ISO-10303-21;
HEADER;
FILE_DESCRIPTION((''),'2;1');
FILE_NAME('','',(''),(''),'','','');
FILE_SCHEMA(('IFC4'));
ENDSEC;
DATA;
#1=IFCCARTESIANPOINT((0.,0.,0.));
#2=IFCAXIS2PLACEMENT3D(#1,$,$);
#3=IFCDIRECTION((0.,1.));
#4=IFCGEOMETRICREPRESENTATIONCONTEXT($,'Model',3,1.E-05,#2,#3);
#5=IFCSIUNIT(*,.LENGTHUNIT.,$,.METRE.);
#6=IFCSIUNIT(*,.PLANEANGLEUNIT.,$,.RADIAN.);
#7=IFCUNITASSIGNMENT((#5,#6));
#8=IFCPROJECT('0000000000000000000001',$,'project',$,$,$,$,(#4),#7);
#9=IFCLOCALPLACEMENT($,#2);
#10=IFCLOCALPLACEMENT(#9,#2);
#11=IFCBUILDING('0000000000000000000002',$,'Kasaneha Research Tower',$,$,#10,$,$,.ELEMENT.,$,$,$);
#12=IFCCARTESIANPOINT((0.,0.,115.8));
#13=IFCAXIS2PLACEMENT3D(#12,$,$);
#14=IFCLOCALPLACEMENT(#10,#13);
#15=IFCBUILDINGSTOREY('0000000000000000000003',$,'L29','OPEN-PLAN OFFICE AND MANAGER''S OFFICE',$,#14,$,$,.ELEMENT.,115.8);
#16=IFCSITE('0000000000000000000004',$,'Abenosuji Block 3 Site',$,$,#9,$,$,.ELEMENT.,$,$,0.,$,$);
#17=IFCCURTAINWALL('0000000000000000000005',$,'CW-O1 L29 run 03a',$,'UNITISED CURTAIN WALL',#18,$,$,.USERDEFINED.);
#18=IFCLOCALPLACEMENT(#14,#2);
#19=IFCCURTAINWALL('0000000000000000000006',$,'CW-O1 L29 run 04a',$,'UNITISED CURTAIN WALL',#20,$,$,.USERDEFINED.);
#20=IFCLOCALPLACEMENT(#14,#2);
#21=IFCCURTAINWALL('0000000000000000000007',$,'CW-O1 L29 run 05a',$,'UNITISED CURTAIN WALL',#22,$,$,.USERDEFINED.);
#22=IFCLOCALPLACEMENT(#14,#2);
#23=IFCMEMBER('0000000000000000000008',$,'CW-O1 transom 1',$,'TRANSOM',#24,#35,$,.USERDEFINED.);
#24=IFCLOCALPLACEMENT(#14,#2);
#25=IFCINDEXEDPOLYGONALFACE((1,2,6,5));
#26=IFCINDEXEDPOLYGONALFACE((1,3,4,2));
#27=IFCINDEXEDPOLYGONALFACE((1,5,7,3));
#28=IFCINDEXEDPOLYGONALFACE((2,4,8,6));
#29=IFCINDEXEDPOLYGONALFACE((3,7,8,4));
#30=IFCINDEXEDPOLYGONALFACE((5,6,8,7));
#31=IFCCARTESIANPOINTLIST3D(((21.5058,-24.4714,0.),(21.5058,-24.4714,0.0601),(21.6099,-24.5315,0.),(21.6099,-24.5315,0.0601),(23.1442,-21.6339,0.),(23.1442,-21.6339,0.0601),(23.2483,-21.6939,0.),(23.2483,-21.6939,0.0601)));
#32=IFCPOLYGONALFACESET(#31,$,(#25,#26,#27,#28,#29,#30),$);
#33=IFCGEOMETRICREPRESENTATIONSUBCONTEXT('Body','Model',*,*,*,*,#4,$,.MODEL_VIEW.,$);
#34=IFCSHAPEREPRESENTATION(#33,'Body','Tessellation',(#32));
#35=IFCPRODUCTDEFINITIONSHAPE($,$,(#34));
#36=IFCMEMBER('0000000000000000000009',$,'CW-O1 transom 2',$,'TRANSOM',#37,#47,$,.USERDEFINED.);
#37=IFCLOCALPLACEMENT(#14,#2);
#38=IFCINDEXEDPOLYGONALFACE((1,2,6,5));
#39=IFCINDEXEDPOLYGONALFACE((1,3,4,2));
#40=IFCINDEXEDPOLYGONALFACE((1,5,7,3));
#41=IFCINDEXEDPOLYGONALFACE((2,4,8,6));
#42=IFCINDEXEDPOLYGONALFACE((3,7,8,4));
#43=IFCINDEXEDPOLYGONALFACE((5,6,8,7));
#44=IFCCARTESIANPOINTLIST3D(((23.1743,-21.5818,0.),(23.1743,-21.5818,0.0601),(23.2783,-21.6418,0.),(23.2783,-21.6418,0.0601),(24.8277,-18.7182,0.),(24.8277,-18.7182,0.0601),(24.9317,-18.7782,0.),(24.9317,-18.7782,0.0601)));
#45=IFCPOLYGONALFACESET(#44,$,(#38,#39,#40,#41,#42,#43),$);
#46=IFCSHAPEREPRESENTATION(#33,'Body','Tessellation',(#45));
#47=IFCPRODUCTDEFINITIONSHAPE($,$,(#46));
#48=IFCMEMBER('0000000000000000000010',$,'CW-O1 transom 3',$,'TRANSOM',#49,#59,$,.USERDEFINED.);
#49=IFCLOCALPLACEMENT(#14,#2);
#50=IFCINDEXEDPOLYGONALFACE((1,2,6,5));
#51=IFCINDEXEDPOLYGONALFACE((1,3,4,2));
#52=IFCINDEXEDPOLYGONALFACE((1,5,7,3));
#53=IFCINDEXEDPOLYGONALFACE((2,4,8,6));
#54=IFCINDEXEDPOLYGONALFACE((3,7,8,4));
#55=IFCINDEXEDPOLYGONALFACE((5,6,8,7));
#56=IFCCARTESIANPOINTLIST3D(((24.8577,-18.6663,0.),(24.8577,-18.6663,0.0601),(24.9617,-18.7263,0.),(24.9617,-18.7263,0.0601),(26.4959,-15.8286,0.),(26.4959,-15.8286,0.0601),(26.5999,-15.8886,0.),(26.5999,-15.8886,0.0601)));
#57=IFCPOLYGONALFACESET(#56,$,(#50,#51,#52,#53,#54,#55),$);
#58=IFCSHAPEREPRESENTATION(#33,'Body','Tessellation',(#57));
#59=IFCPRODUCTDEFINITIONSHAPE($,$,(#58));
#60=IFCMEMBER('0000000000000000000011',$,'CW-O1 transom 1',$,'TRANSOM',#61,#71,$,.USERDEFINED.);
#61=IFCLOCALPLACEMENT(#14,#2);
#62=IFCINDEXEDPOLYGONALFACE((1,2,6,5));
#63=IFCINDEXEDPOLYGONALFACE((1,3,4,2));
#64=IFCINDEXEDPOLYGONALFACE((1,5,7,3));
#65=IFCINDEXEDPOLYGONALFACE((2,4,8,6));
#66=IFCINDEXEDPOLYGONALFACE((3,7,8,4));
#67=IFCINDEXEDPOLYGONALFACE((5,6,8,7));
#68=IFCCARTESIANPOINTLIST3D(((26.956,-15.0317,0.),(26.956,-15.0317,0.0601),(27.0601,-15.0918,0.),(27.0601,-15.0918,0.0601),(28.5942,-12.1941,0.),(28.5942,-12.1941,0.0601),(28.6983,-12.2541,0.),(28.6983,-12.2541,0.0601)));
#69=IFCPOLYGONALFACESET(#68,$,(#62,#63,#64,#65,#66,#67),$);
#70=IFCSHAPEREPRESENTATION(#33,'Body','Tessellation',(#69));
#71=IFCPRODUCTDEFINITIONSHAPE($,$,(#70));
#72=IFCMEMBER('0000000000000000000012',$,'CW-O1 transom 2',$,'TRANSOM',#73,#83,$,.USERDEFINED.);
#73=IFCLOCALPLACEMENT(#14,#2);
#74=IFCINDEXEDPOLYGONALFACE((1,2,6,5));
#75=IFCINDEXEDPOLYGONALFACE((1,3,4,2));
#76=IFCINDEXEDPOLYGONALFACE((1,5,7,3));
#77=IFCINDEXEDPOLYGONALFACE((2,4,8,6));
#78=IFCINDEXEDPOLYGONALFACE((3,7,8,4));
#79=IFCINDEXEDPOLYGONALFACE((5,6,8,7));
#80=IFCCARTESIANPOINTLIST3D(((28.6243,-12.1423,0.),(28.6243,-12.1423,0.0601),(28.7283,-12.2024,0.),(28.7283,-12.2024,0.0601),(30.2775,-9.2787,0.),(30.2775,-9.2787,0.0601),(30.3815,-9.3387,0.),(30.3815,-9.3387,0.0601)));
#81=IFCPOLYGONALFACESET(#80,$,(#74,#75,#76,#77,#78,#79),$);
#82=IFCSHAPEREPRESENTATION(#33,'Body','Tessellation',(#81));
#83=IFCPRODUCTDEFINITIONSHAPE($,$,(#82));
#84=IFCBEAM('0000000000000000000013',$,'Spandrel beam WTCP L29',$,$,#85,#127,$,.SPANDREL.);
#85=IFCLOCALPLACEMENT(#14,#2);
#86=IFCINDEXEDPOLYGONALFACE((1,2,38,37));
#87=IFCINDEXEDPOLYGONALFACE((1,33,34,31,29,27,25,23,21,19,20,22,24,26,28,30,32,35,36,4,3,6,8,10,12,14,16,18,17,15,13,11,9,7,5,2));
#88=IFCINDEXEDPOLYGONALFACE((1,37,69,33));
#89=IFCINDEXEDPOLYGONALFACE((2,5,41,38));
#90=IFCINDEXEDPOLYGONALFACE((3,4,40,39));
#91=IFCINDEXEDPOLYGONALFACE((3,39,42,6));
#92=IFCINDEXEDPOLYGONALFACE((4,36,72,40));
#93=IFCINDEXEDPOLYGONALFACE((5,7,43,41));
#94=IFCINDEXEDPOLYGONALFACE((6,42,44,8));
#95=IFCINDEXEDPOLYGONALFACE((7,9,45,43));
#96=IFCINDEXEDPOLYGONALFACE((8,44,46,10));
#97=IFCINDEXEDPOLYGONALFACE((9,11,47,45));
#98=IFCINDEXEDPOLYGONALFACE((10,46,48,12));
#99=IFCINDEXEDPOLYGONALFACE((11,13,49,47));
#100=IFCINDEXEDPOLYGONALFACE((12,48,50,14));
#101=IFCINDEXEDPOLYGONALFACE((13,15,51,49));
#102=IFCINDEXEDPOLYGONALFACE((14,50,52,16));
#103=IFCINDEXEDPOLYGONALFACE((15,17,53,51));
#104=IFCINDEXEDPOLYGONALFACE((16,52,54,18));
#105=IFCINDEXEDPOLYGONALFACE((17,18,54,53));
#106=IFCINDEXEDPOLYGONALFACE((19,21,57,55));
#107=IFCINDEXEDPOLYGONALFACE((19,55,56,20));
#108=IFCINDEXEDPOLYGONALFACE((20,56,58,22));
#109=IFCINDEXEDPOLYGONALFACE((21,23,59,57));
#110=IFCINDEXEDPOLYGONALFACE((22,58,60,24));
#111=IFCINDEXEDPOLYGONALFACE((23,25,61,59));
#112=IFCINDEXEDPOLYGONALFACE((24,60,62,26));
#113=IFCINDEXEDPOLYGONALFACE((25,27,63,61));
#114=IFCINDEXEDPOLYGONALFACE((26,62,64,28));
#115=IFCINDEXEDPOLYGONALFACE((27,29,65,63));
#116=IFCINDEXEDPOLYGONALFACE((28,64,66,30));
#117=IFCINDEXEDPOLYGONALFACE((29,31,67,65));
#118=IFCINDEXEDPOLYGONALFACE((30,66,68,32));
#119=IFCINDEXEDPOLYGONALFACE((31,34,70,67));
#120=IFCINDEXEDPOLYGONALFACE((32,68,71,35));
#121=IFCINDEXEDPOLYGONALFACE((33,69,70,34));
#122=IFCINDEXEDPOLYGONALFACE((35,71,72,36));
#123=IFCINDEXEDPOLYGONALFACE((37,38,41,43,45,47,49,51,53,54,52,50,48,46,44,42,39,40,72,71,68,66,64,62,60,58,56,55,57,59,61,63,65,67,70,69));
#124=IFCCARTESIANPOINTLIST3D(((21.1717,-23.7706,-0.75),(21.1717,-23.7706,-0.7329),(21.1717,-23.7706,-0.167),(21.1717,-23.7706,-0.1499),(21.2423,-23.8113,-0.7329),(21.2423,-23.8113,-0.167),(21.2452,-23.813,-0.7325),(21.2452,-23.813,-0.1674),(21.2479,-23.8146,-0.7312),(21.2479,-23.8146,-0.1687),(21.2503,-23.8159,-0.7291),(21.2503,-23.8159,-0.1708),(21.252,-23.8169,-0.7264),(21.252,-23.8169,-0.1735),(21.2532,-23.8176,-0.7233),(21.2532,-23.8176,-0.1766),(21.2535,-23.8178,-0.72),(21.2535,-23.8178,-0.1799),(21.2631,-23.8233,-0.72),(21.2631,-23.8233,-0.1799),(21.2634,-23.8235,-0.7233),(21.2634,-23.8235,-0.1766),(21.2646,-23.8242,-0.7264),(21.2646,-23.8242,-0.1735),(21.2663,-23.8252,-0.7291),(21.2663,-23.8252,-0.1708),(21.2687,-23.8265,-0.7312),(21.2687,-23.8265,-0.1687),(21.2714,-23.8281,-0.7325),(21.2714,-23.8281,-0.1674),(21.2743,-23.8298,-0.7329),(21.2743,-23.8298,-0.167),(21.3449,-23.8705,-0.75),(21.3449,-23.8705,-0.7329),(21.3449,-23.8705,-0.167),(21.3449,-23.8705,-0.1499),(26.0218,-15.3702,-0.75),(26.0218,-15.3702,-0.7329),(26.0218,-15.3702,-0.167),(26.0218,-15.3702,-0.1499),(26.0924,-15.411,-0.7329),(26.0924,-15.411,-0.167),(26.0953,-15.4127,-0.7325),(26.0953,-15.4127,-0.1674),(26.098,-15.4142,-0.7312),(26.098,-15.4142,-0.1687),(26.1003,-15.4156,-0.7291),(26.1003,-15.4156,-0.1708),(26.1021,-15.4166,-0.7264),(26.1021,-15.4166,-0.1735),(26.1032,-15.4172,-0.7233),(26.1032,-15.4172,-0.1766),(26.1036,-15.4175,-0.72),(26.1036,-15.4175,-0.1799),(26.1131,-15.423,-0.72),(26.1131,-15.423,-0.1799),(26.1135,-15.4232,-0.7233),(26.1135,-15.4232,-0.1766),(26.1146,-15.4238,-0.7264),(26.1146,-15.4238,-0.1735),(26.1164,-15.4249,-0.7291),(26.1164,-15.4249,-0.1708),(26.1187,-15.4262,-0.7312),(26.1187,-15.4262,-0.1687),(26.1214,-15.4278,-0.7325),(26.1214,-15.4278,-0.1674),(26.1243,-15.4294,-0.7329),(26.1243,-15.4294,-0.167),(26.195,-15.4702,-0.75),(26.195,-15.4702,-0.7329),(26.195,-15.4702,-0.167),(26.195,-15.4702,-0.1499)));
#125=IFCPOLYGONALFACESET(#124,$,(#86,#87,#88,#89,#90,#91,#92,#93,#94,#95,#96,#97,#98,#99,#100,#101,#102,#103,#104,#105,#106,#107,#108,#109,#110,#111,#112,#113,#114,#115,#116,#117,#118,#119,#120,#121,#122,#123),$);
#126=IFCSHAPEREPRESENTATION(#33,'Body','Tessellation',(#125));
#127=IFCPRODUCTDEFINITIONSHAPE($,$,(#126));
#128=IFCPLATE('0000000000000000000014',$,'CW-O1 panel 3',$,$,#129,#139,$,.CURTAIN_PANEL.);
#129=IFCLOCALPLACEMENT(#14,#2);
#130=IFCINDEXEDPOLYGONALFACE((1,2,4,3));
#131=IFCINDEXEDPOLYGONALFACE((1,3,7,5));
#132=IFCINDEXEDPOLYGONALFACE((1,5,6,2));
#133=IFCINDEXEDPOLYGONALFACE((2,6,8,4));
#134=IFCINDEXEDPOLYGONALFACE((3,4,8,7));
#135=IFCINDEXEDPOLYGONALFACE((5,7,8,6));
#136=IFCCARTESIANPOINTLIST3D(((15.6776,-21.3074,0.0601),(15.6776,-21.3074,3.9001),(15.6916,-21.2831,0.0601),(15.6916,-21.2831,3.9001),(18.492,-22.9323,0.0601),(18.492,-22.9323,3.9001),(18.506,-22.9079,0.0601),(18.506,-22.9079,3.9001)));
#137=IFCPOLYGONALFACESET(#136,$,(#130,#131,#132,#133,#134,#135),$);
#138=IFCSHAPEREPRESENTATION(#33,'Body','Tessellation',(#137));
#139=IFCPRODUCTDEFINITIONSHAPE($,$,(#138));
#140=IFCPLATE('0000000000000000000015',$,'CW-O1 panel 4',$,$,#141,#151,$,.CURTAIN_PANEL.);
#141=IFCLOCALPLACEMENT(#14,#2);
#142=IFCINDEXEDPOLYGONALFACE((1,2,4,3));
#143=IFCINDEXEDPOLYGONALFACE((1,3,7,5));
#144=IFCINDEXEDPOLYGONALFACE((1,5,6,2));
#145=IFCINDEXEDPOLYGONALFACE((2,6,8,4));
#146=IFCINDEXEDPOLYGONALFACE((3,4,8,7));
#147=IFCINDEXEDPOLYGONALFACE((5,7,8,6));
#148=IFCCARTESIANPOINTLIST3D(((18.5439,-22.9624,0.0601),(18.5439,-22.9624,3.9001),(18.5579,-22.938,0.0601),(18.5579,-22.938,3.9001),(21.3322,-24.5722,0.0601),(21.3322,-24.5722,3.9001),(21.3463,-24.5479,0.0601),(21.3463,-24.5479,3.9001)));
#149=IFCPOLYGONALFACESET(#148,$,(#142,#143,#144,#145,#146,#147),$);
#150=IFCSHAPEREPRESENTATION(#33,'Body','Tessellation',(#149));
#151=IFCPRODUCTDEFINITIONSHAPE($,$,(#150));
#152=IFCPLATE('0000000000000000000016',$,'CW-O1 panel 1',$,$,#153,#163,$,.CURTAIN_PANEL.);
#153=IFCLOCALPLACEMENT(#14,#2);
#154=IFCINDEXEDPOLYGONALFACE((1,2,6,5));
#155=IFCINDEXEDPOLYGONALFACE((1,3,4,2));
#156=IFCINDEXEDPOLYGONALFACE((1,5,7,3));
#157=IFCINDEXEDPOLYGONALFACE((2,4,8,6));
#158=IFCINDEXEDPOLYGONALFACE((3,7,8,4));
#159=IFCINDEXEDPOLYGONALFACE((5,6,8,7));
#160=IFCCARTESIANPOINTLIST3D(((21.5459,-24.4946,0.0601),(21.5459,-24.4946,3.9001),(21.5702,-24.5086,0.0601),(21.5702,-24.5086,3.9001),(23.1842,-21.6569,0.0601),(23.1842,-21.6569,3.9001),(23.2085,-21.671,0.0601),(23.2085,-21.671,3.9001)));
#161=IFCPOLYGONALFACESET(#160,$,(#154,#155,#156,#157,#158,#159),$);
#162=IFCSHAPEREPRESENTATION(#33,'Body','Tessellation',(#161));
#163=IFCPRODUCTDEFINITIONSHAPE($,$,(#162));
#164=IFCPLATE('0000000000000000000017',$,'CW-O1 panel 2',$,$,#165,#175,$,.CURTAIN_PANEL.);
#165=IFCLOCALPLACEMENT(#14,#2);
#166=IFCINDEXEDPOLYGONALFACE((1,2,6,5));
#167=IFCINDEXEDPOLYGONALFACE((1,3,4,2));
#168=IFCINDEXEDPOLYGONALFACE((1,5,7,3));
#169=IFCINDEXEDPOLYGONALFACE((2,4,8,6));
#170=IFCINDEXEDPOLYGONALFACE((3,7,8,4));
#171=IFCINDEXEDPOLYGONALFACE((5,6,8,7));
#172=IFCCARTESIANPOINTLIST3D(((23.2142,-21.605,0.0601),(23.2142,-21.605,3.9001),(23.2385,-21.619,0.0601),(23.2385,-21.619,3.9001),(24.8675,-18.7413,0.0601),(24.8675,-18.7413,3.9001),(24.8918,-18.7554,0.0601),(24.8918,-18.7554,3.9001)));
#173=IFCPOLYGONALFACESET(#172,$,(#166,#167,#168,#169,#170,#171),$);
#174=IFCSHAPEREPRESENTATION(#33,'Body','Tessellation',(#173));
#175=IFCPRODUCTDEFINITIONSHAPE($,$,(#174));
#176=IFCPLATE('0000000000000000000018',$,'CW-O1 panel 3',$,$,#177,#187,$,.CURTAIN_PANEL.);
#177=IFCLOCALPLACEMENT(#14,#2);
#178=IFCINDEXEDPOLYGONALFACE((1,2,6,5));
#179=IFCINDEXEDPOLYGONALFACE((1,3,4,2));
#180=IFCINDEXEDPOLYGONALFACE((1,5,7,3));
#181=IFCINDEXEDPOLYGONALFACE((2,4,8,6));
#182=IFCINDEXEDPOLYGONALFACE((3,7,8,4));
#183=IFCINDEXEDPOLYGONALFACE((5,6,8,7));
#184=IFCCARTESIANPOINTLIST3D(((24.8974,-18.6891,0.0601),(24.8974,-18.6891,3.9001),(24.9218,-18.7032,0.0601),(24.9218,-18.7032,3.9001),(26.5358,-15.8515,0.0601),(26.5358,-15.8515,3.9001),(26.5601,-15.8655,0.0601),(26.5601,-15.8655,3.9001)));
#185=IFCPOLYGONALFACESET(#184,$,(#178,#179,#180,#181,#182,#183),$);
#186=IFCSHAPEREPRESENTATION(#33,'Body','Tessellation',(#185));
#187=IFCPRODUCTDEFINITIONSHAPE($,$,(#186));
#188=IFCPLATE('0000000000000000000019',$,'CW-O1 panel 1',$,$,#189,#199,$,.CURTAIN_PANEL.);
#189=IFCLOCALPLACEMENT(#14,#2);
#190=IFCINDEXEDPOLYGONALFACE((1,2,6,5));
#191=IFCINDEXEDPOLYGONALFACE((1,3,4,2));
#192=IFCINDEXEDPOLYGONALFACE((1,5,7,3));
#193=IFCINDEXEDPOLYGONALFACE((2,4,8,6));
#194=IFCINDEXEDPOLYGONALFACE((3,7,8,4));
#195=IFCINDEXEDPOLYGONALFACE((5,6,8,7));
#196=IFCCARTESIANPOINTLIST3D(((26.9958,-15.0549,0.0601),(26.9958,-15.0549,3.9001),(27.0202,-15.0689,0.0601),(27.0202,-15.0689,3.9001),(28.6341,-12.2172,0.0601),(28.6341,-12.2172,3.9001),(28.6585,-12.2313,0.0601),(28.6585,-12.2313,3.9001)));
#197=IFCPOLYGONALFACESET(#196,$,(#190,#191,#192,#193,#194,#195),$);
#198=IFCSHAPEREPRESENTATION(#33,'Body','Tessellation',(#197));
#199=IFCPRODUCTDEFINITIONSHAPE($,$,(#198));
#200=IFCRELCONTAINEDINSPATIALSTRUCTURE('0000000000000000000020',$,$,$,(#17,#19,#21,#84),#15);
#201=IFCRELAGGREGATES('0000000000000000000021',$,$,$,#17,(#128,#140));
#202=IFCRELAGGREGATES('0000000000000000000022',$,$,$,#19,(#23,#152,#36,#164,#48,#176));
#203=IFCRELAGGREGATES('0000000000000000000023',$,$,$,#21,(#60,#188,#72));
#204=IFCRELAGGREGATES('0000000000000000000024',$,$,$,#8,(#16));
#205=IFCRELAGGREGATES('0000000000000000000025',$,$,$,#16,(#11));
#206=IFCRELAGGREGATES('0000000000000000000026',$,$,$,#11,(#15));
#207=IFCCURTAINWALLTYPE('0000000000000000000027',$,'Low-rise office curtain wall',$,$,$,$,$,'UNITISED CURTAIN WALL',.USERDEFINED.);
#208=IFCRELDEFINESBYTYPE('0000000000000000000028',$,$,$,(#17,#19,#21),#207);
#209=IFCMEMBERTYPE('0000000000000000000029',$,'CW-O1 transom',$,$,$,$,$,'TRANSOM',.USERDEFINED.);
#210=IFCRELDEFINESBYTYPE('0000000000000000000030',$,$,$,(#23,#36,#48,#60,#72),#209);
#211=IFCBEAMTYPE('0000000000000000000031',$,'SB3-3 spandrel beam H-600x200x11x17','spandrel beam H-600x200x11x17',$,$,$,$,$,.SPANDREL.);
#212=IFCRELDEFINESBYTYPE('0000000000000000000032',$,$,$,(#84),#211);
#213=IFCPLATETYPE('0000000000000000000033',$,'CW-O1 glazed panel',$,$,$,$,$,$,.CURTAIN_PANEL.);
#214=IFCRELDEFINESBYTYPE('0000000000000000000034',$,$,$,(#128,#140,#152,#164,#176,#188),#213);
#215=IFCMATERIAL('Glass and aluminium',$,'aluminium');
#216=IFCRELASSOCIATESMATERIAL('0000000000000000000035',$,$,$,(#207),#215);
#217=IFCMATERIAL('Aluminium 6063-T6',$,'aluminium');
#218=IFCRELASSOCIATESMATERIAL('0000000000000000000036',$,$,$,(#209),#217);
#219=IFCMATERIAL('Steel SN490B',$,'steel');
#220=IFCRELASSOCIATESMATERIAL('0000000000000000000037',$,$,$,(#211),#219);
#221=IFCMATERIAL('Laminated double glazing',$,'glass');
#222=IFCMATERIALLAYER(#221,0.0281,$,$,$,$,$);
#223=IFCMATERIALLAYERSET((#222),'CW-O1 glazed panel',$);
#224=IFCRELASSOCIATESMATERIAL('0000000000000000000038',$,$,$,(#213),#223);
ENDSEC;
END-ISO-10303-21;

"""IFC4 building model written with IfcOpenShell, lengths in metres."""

from ifc_helpers import new_model, si_unit, direction, frame, origin, origin_2d, place, context, subcontext, project, spatial, rectangle, i_section, extrude, material, layer, layer_set, material_profile, profile_set, type_object, element, aggregate, save


model = new_model("IFC4")

# Units and contexts
model_context = context("Model", 3, precision=1e-05, world=origin(), true_north=direction((0.0, 1.0)))
body_context = subcontext(model_context, "Body", "Model", "MODEL_VIEW")
ifc_project = project(units=[si_unit("LENGTHUNIT", "METRE"), si_unit("PLANEANGLEUNIT", "RADIAN")], contexts=[model_context])

# Site, building, storey
site_placement = place(None, origin())
site = spatial("IfcSite", under=ifc_project, at=site_placement, Name="Abenosuji Block 3 Site", CompositionType="ELEMENT", RefElevation=0.0)
building_placement = place(site_placement, origin())
building = spatial("IfcBuilding", under=site, at=building_placement, Name="Kasaneha Research Tower", CompositionType="ELEMENT")
storey_placement = place(building_placement, frame((0.0, 0.0, 115.8)))
storey = spatial("IfcBuildingStorey", under=building, at=storey_placement, Name="L29", Description="OPEN-PLAN OFFICE AND MANAGER'S OFFICE", CompositionType="ELEMENT", Elevation=115.8)

# Curtain walls
ifc_material_1 = material(Name="Glass and aluminium", Category="aluminium")
curtain_wall_type = type_object("IfcCurtainWallType", Name="Low-rise office curtain wall", ElementType="UNITISED CURTAIN WALL", PredefinedType="USERDEFINED", material=ifc_material_1)
curtain_wall_1_placement = place(storey_placement, origin())
curtain_wall_1 = element("IfcCurtainWall", 1, at=curtain_wall_1_placement, inside=storey, type_object=curtain_wall_type, Name="CW-O1 L29 run 03a", ObjectType="UNITISED CURTAIN WALL", PredefinedType="USERDEFINED")
curtain_wall_2_placement = place(storey_placement, origin())
curtain_wall_2 = element("IfcCurtainWall", 2, at=curtain_wall_2_placement, inside=storey, type_object=curtain_wall_type, Name="CW-O1 L29 run 04a", ObjectType="UNITISED CURTAIN WALL", PredefinedType="USERDEFINED")
curtain_wall_3_placement = place(storey_placement, origin())
curtain_wall_3 = element("IfcCurtainWall", 3, at=curtain_wall_3_placement, inside=storey, type_object=curtain_wall_type, Name="CW-O1 L29 run 05a", ObjectType="UNITISED CURTAIN WALL", PredefinedType="USERDEFINED")

# Members
ifc_material_2 = material(Name="Aluminium 6063-T6", Category="aluminium")
ifc_material_profile_1 = material_profile(ifc_material_2, rectangle(XDim=0.1201, YDim=0.0601, at=origin_2d()), Name="CW-O1 transom 120x60")
ifc_profile_set_1 = profile_set([ifc_material_profile_1], Name="Aluminium 6063-T6")
member_type_1 = type_object("IfcMemberType", Name="CW-O1 transom", ElementType="TRANSOM", PredefinedType="USERDEFINED", material=ifc_profile_set_1)
member_1_placement = place(storey_placement, frame((21.5579, -24.5015, 0.03), z_axis=(0.500026, 0.866011, 0.0), x_axis=(-0.866011, 0.500026, 0.0)))
member_1 = element("IfcMember", 4, at=member_1_placement, type_object=member_type_1, Name="CW-O1 transom 1", ObjectType="TRANSOM", PredefinedType="USERDEFINED", context=body_context, shape_type="SweptSolid", body=[
    extrude(rectangle(XDim=0.1201, YDim=0.0601, at=origin_2d()), origin(), (0.0, 0.0, 1.0), 3.2766),
])
member_2_placement = place(storey_placement, frame((23.2263, -21.6118, 0.03), z_axis=(0.500014, 0.866017, 0.0), x_axis=(-0.866017, 0.500014, 0.0)))
member_2 = element("IfcMember", 5, at=member_2_placement, type_object=member_type_1, Name="CW-O1 transom 2", ObjectType="TRANSOM", PredefinedType="USERDEFINED", context=body_context, shape_type="SweptSolid", body=[
    extrude(rectangle(XDim=0.1201, YDim=0.0601, at=origin_2d()), origin(), (0.0, 0.0, 1.0), 3.3066),
])
member_3_placement = place(storey_placement, frame((24.9097, -18.6963, 0.03), z_axis=(0.49997, 0.866043, 0.0), x_axis=(-0.866043, 0.49997, 0.0)))
member_3 = element("IfcMember", 6, at=member_3_placement, type_object=member_type_1, Name="CW-O1 transom 3", ObjectType="TRANSOM", PredefinedType="USERDEFINED", context=body_context, shape_type="SweptSolid", body=[
    extrude(rectangle(XDim=0.1201, YDim=0.0601, at=origin_2d()), origin(), (0.0, 0.0, 1.0), 3.2766),
])
member_4_placement = place(storey_placement, frame((27.0081, -15.0618, 0.03), z_axis=(0.49997, 0.866043, 0.0), x_axis=(-0.866043, 0.49997, 0.0)))
member_4 = element("IfcMember", 7, at=member_4_placement, type_object=member_type_1, Name="CW-O1 transom 1", ObjectType="TRANSOM", PredefinedType="USERDEFINED", context=body_context, shape_type="SweptSolid", body=[
    extrude(rectangle(XDim=0.1201, YDim=0.0601, at=origin_2d()), origin(), (0.0, 0.0, 1.0), 3.2766),
])
member_5_placement = place(storey_placement, frame((28.6763, -12.1724, 0.03), z_axis=(0.499982, 0.866036, 0.0), x_axis=(-0.866036, 0.499982, 0.0)))
member_5 = element("IfcMember", 8, at=member_5_placement, type_object=member_type_1, Name="CW-O1 transom 2", ObjectType="TRANSOM", PredefinedType="USERDEFINED", context=body_context, shape_type="SweptSolid", body=[
    extrude(rectangle(XDim=0.1201, YDim=0.0601, at=origin_2d()), origin(), (0.0, 0.0, 1.0), 3.3066),
])

# Beam
ifc_material_3 = material(Name="Steel SN490B", Category="steel")
ifc_material_profile_2 = material_profile(ifc_material_3, i_section(OverallWidth=0.2, OverallDepth=0.6001, WebThickness=0.011, FlangeThickness=0.0171, FilletRadius=0.0129, at=origin_2d()), Name="H-600x200x11x17")
ifc_profile_set_2 = profile_set([ifc_material_profile_2], Name="Steel SN490B")
beam_type_1 = type_object("IfcBeamType", Name="SB3-3 spandrel beam H-600x200x11x17", Description="spandrel beam H-600x200x11x17", PredefinedType="SPANDREL", material=ifc_profile_set_2)
beam_1_placement = place(storey_placement, frame((21.2583, -23.8206, -0.45), z_axis=(0.50001, 0.86602, 0.0), x_axis=(-0.86602, 0.50001, 0.0)))
element("IfcBeam", 9, at=beam_1_placement, inside=storey, type_object=beam_type_1, Name="Spandrel beam WTCP L29", PredefinedType="SPANDREL", context=body_context, shape_type="SweptSolid", body=[
    extrude(i_section(OverallWidth=0.2, OverallDepth=0.6001, WebThickness=0.011, FlangeThickness=0.0171, FilletRadius=0.0129, at=origin_2d()), origin(), (0.0, 0.0, 1.0), 9.7),
])

# Plates
ifc_material_4 = material(Name="Laminated double glazing", Category="glass")
ifc_layer_1 = layer(ifc_material_4, 0.0281)
ifc_layer_set_1 = layer_set([ifc_layer_1], Name="CW-O1 glazed panel")
plate_type = type_object("IfcPlateType", Name="CW-O1 glazed panel", PredefinedType="CURTAIN_PANEL", material=ifc_layer_set_1)
plate_1_placement = place(storey_placement, frame((17.0918, -22.1077, 0.0601), z_axis=(0.0, 0.0, 1.0), x_axis=(0.866025, -0.5, 0.0)))
plate_1 = element("IfcPlate", 10, at=plate_1_placement, type_object=plate_type, Name="CW-O1 panel 3", PredefinedType="CURTAIN_PANEL", context=body_context, shape_type="SweptSolid", body=[
    extrude(rectangle(XDim=3.2498, YDim=0.0281, at=origin_2d()), origin(), (0.0, 0.0, 1.0), 3.8401),
])
plate_2_placement = place(storey_placement, frame((19.9451, -23.7551, 0.0601), z_axis=(0.0, 0.0, 1.0), x_axis=(0.866025, -0.5, 0.0)))
plate_2 = element("IfcPlate", 11, at=plate_2_placement, type_object=plate_type, Name="CW-O1 panel 4", PredefinedType="CURTAIN_PANEL", context=body_context, shape_type="SweptSolid", body=[
    extrude(rectangle(XDim=3.2197, YDim=0.0281, at=origin_2d()), origin(), (0.0, 0.0, 1.0), 3.8401),
])
aggregate(curtain_wall_1, [plate_1, plate_2])
plate_3_placement = place(storey_placement, frame((22.3772, -23.0828, 0.0601), z_axis=(0.0, 0.0, 1.0), x_axis=(0.5, 0.866025, 0.0)))
plate_3 = element("IfcPlate", 12, at=plate_3_placement, type_object=plate_type, Name="CW-O1 panel 1", PredefinedType="CURTAIN_PANEL", context=body_context, shape_type="SweptSolid", body=[
    extrude(rectangle(XDim=3.2766, YDim=0.0281, at=origin_2d()), origin(), (0.0, 0.0, 1.0), 3.8401),
])
plate_4_placement = place(storey_placement, frame((24.053, -20.1802, 0.0601), z_axis=(0.0, 0.0, 1.0), x_axis=(0.5, 0.866025, 0.0)))
plate_4 = element("IfcPlate", 13, at=plate_4_placement, type_object=plate_type, Name="CW-O1 panel 2", PredefinedType="CURTAIN_PANEL", context=body_context, shape_type="SweptSolid", body=[
    extrude(rectangle(XDim=3.3066, YDim=0.0281, at=origin_2d()), origin(), (0.0, 0.0, 1.0), 3.8401),
])
plate_5_placement = place(storey_placement, frame((25.7288, -17.2773, 0.0601), z_axis=(0.0, 0.0, 1.0), x_axis=(0.5, 0.866025, 0.0)))
plate_5 = element("IfcPlate", 14, at=plate_5_placement, type_object=plate_type, Name="CW-O1 panel 3", PredefinedType="CURTAIN_PANEL", context=body_context, shape_type="SweptSolid", body=[
    extrude(rectangle(XDim=3.2766, YDim=0.0281, at=origin_2d()), origin(), (0.0, 0.0, 1.0), 3.8401),
])
aggregate(curtain_wall_2, [member_1, plate_3, member_2, plate_4, member_3, plate_5])
plate_6_placement = place(storey_placement, frame((27.8271, -13.6431, 0.0601), z_axis=(0.0, 0.0, 1.0), x_axis=(0.5, 0.866025, 0.0)))
plate_6 = element("IfcPlate", 15, at=plate_6_placement, type_object=plate_type, Name="CW-O1 panel 1", PredefinedType="CURTAIN_PANEL", context=body_context, shape_type="SweptSolid", body=[
    extrude(rectangle(XDim=3.2766, YDim=0.0281, at=origin_2d()), origin(), (0.0, 0.0, 1.0), 3.8401),
])
aggregate(curtain_wall_3, [member_4, plate_6, member_5])

save(model, "model.ifc")
